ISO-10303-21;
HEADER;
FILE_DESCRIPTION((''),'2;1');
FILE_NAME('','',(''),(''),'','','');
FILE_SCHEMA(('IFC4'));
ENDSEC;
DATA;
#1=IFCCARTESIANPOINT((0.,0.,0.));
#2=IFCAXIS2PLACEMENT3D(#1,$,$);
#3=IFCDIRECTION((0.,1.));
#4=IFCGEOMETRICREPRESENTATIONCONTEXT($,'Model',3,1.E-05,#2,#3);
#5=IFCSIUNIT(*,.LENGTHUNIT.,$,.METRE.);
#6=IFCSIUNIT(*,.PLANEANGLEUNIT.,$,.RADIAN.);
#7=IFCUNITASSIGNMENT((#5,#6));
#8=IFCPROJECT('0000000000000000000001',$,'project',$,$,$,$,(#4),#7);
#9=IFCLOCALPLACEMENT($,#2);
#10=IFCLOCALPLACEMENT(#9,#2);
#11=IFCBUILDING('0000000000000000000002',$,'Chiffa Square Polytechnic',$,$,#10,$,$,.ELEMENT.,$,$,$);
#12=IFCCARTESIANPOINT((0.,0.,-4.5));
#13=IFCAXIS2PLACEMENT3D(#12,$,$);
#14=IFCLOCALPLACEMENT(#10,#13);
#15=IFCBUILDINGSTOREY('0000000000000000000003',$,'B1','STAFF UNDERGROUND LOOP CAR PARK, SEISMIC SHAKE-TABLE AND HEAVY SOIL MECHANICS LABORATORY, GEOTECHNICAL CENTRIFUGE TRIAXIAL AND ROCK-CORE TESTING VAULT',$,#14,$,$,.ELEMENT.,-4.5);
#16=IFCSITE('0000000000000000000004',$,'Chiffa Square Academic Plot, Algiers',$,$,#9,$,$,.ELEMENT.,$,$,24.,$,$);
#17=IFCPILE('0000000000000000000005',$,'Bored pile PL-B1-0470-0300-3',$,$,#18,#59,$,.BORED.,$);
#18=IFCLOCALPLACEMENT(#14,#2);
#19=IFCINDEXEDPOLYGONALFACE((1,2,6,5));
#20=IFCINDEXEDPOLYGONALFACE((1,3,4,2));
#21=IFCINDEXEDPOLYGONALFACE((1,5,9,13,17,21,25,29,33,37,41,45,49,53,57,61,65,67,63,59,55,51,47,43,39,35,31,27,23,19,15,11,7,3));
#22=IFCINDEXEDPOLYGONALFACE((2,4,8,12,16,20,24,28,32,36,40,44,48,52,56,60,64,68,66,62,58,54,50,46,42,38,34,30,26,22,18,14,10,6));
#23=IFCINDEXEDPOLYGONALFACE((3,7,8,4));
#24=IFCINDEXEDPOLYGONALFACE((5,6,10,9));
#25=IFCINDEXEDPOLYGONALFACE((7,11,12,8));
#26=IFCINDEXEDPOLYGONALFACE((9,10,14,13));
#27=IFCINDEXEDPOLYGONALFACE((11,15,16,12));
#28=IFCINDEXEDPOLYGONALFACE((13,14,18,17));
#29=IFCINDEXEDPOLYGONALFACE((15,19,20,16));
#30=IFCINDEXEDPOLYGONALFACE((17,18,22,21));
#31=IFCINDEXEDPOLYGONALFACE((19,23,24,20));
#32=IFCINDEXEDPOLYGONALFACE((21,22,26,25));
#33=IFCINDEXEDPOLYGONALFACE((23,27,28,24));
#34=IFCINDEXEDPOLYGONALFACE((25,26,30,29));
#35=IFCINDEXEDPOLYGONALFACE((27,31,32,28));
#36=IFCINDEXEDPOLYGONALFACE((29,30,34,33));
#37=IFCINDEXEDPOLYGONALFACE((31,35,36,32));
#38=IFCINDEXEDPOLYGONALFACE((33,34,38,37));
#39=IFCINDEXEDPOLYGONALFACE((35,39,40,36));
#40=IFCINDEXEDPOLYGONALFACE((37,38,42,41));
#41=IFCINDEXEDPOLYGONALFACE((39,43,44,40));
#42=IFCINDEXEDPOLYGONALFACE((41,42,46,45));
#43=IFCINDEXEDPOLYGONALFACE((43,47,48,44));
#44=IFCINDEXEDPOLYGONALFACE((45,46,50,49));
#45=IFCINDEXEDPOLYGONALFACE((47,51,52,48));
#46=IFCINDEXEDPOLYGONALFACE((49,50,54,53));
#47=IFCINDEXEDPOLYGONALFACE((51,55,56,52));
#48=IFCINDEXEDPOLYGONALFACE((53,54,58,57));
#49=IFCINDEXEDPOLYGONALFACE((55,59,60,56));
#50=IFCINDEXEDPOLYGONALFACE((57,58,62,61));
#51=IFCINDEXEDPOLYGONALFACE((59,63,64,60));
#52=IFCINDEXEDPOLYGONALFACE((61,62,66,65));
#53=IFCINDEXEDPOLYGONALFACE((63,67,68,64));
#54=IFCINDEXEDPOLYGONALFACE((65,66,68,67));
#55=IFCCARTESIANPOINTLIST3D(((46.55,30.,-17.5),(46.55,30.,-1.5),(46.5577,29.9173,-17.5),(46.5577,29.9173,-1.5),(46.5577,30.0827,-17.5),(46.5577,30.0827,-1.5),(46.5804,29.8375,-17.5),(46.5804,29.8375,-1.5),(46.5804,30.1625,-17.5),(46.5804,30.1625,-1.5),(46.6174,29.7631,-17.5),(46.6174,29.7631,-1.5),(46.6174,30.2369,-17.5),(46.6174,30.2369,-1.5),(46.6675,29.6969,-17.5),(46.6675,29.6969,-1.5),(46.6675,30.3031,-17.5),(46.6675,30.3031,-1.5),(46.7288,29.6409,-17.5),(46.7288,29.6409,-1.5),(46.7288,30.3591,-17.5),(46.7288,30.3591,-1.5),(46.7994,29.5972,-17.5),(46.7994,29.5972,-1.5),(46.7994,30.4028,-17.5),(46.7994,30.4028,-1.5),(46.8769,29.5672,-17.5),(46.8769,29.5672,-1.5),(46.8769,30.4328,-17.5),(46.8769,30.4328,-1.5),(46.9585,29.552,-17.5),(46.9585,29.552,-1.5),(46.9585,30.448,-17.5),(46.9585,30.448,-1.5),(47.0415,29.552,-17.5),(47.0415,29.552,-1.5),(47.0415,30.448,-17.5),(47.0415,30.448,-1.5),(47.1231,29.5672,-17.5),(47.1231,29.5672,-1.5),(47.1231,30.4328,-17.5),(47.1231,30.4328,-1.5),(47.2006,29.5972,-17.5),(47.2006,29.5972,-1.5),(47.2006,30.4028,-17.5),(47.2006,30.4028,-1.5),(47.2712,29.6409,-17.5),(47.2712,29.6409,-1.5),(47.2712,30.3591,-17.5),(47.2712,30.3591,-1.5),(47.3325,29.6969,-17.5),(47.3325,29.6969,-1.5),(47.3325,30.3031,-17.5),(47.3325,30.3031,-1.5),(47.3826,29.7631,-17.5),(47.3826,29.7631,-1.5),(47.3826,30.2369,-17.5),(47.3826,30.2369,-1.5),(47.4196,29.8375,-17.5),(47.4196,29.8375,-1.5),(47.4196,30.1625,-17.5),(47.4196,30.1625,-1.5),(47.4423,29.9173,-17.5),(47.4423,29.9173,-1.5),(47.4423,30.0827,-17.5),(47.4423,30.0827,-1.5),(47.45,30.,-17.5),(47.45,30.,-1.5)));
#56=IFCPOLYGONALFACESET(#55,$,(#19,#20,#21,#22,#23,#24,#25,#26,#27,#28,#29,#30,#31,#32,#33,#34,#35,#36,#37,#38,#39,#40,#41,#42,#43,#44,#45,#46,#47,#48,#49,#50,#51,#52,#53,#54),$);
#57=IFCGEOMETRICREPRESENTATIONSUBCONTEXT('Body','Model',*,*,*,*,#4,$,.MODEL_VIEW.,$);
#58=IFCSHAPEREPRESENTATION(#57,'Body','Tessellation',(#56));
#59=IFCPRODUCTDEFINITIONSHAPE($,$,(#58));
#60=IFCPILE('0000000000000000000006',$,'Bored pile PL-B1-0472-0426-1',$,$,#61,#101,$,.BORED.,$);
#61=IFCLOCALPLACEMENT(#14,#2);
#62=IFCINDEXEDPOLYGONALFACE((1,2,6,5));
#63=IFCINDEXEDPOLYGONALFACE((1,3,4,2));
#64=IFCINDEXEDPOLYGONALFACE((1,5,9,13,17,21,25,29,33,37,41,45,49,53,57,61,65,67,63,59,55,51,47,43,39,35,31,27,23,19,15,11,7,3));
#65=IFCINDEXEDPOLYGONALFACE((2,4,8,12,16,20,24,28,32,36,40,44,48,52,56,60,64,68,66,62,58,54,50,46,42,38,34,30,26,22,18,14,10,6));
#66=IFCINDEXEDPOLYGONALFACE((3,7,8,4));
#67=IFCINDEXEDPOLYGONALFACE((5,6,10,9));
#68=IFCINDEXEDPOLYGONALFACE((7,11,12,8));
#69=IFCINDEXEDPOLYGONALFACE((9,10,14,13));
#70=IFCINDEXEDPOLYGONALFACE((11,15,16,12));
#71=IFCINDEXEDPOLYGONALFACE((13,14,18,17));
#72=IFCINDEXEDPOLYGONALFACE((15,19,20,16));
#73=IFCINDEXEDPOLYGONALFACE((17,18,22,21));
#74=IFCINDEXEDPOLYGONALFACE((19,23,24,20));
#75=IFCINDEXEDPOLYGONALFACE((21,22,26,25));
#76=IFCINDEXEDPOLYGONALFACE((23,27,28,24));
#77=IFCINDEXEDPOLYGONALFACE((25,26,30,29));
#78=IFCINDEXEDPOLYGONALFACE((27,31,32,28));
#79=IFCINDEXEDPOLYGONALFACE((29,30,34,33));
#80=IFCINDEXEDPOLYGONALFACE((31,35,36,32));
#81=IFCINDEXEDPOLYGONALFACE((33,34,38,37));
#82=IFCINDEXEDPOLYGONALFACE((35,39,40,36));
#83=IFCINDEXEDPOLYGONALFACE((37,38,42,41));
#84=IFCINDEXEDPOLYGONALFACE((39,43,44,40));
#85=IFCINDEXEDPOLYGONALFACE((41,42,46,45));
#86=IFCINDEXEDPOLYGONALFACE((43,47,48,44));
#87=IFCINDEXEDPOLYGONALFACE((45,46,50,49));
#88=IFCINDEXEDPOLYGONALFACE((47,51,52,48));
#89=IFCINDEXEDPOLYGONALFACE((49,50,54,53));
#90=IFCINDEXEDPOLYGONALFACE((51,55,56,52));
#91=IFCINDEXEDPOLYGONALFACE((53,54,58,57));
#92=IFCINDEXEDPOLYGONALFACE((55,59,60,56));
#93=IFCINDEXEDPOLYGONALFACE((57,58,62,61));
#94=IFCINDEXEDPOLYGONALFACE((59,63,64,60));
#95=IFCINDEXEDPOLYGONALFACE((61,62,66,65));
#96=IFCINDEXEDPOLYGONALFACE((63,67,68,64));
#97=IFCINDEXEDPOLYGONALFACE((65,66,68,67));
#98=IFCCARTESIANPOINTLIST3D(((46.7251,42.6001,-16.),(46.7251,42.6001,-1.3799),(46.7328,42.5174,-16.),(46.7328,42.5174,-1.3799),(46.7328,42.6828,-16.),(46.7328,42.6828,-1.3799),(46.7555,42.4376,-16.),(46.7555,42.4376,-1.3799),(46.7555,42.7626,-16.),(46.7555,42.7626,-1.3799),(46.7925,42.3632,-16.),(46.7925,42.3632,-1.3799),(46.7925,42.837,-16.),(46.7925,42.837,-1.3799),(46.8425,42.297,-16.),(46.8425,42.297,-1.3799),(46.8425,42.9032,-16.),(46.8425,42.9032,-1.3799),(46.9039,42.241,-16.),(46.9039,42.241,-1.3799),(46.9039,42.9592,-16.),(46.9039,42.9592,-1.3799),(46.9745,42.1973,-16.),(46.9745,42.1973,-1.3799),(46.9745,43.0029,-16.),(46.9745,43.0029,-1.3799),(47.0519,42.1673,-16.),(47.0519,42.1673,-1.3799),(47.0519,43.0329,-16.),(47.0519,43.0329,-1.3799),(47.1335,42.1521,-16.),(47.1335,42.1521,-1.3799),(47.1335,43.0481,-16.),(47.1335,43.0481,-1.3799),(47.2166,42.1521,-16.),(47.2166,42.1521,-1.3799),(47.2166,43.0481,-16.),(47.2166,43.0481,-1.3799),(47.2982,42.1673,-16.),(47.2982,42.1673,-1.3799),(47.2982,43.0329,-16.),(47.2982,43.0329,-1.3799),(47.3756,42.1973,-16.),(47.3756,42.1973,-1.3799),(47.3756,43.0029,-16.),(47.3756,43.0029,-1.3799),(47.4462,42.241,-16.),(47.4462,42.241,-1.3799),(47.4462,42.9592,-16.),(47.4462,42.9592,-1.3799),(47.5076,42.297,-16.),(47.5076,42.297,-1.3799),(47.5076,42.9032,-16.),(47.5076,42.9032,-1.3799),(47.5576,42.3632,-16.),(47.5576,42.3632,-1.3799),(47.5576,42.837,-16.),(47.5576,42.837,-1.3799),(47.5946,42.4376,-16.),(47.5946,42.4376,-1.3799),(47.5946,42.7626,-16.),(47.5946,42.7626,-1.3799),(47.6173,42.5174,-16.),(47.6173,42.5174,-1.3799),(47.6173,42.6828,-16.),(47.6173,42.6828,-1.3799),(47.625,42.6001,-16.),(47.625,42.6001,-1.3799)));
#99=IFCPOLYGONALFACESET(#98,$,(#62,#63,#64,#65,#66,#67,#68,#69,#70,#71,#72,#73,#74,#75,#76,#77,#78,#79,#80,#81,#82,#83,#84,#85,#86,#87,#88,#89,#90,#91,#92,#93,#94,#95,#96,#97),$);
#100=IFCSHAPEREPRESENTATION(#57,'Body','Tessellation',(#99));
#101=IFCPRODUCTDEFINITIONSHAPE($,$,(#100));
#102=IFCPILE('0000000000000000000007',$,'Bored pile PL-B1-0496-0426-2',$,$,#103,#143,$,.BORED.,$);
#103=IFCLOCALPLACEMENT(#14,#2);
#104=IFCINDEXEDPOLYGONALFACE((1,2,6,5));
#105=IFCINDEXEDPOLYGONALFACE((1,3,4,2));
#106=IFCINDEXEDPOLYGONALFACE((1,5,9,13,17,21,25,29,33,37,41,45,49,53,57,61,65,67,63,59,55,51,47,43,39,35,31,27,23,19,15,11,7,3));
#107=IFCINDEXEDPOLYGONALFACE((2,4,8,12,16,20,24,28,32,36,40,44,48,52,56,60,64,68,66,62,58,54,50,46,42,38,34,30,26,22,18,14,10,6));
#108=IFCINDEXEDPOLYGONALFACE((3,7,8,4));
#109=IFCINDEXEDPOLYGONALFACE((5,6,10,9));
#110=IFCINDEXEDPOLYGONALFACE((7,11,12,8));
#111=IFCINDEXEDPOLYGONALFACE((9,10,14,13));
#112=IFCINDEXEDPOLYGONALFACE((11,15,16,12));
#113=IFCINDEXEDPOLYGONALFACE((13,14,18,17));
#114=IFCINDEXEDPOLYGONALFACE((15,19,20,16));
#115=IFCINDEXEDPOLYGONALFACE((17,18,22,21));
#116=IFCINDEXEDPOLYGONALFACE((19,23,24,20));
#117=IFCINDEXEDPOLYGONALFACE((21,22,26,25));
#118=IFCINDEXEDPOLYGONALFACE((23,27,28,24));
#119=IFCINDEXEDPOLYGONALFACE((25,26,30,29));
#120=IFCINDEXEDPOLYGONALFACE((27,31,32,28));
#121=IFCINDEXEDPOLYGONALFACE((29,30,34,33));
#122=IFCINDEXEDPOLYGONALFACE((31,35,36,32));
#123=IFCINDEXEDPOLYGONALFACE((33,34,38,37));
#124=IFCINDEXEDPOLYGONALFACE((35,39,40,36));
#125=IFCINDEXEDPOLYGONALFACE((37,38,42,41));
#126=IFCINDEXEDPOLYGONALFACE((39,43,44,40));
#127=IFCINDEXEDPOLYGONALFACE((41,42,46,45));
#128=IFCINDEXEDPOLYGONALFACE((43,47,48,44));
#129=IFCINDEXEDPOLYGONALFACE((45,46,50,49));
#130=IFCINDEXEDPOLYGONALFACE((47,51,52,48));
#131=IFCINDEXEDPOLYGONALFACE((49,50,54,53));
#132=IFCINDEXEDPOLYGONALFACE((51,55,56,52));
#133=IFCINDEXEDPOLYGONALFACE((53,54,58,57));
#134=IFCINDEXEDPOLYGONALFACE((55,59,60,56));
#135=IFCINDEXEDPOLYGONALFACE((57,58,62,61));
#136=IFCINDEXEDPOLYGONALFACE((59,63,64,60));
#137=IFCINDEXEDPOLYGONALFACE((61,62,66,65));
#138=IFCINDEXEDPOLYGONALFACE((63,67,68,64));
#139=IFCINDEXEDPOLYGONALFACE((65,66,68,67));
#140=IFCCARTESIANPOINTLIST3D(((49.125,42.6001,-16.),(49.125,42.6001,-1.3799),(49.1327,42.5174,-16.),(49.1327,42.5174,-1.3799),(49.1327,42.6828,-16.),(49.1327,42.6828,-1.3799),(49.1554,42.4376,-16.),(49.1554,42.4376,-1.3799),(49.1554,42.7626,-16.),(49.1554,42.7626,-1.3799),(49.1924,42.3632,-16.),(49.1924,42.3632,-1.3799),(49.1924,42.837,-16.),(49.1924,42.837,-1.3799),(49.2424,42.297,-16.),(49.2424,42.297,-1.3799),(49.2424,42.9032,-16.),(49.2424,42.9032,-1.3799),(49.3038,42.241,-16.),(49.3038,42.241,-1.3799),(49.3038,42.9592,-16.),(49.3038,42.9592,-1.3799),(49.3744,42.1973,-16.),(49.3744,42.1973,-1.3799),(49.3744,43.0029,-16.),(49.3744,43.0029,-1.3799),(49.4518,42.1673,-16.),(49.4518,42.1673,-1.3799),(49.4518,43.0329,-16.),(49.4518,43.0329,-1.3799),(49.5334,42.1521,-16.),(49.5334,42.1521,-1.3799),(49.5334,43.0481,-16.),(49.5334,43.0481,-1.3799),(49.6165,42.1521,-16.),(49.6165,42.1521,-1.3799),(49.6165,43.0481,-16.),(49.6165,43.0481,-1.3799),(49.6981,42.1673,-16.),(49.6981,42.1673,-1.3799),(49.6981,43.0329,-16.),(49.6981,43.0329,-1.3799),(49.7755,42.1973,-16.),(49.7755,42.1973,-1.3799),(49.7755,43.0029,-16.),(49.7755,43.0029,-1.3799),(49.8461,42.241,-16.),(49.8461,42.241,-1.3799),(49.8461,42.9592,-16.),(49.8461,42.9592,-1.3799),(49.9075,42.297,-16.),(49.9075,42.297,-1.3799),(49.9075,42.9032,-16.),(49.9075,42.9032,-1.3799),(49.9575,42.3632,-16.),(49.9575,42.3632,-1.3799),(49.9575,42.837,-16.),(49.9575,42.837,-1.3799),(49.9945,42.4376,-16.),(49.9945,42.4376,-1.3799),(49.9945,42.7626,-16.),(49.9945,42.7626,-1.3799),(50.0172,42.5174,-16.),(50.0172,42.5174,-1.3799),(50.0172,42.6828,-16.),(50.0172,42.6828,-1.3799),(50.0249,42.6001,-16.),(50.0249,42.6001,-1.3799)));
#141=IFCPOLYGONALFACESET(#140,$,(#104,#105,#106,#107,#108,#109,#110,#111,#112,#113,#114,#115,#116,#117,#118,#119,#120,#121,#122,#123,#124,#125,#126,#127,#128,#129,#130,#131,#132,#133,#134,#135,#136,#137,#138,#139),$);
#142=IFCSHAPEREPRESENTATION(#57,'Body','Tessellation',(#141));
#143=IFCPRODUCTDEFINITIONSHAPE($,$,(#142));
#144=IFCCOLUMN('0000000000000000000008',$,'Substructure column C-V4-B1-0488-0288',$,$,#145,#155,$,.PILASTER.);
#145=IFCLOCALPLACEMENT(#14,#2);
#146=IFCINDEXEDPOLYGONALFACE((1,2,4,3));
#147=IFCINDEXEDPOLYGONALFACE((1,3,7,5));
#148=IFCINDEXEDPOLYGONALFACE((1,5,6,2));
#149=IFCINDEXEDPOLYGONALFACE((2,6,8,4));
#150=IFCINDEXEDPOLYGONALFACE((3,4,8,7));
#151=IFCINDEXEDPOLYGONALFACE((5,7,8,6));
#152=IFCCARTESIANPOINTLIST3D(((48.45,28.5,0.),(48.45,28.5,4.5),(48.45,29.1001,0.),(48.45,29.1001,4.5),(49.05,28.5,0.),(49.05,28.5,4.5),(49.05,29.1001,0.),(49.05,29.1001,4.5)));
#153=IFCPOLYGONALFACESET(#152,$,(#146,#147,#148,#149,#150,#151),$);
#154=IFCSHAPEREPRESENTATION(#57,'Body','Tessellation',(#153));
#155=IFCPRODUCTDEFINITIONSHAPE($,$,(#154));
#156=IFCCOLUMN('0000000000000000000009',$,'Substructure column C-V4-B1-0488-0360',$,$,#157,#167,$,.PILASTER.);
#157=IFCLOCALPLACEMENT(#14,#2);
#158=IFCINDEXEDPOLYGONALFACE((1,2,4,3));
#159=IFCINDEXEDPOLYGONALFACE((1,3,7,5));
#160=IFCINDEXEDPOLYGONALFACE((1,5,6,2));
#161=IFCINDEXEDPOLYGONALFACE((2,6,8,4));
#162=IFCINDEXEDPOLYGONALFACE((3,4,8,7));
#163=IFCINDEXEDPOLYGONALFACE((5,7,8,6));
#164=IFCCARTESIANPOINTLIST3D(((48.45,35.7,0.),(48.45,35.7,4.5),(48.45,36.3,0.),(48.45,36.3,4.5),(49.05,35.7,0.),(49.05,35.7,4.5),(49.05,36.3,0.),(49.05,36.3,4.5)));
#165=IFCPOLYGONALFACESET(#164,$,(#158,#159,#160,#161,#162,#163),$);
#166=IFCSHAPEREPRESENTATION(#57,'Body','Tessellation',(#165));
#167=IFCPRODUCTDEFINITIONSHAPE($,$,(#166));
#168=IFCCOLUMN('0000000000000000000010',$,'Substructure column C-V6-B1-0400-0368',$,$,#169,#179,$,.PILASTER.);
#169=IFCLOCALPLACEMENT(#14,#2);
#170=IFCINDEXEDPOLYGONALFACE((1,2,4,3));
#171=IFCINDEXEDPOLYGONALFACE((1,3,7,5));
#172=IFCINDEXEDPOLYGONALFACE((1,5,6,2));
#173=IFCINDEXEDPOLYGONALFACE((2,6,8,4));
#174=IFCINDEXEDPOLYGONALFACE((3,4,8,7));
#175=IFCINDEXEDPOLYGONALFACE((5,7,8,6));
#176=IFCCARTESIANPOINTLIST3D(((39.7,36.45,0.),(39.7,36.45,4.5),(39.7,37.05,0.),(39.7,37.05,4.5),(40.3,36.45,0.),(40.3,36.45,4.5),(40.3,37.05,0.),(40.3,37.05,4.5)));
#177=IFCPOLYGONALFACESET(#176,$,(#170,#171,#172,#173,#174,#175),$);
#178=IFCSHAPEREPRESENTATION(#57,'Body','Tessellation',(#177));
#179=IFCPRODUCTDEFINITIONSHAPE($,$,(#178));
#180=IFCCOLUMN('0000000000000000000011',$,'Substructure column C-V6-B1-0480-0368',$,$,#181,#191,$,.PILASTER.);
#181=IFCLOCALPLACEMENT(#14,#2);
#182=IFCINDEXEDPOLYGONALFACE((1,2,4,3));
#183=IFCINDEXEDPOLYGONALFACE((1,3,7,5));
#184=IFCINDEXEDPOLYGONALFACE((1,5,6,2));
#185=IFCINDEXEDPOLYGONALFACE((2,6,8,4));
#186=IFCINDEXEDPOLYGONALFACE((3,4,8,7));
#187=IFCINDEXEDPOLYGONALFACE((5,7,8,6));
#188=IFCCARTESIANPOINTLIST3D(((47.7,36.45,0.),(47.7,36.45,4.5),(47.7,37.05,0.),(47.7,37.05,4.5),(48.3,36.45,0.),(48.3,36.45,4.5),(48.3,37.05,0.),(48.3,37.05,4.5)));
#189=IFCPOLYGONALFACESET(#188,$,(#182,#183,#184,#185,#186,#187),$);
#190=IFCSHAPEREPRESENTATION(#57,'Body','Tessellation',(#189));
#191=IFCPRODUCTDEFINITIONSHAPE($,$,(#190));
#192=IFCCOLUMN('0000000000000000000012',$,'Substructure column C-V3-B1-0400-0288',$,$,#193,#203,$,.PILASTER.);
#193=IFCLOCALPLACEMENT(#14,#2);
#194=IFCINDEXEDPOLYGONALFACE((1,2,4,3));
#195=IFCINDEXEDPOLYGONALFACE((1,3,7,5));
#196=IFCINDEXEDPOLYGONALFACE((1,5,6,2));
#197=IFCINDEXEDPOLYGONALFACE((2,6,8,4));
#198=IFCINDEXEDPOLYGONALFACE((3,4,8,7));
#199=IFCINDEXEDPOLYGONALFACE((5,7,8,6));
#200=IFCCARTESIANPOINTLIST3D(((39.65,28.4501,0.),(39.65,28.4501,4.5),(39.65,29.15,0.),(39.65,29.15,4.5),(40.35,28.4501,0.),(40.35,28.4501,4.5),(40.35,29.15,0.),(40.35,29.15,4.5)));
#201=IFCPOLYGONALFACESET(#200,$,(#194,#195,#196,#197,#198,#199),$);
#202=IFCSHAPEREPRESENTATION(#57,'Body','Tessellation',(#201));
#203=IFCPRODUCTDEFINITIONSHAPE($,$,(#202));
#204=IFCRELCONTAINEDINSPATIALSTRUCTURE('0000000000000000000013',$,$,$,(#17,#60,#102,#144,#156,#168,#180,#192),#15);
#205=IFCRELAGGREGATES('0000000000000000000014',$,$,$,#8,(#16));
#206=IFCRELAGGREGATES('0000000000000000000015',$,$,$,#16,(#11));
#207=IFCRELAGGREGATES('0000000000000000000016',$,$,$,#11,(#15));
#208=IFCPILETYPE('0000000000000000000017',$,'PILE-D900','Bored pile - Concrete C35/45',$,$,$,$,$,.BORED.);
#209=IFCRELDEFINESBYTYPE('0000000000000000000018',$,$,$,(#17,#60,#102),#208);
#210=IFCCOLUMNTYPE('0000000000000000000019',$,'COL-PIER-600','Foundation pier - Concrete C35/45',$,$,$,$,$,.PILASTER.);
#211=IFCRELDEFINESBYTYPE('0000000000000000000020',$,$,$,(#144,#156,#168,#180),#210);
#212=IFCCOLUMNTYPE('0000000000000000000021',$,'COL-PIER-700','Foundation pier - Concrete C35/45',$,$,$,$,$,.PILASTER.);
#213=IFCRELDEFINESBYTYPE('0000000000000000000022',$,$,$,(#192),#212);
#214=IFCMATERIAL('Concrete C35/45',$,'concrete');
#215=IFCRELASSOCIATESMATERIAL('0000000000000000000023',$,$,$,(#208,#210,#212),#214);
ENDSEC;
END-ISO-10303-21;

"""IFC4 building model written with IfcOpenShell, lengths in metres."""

from ifc_helpers import new_model, si_unit, direction, frame, origin, origin_2d, place, context, subcontext, project, spatial, rectangle, circle, extrude, material, material_profile, profile_set, type_object, element, save


model = new_model("IFC4")

# Units and contexts
model_context = context("Model", 3, precision=1e-05, world=origin(), true_north=direction((0.0, 1.0)))
body_context = subcontext(model_context, "Body", "Model", "MODEL_VIEW")
ifc_project = project(units=[si_unit("LENGTHUNIT", "METRE"), si_unit("PLANEANGLEUNIT", "RADIAN")], contexts=[model_context])

# Site, building, storey
site_placement = place(None, origin())
site = spatial("IfcSite", under=ifc_project, at=site_placement, Name="Chiffa Square Academic Plot, Algiers", CompositionType="ELEMENT", RefElevation=24.0)
building_placement = place(site_placement, origin())
building = spatial("IfcBuilding", under=site, at=building_placement, Name="Chiffa Square Polytechnic", CompositionType="ELEMENT")
storey_placement = place(building_placement, frame((0.0, 0.0, -4.5)))
storey = spatial("IfcBuildingStorey", under=building, at=storey_placement, Name="B1", Description="STAFF UNDERGROUND LOOP CAR PARK, SEISMIC SHAKE-TABLE AND HEAVY SOIL MECHANICS LABORATORY, GEOTECHNICAL CENTRIFUGE TRIAXIAL AND ROCK-CORE TESTING VAULT", CompositionType="ELEMENT", Elevation=-4.5)

# Shared definitions
ifc_material = material(Name="Concrete C35/45", Category="concrete")

# Piles
ifc_material_profile_1 = material_profile(ifc_material, circle(Radius=0.45, at=origin_2d()), Name="PILE D900")
ifc_profile_set_1 = profile_set([ifc_material_profile_1], Name="Concrete C35/45")
pile_type_1 = type_object("IfcPileType", Name="PILE-D900", Description="Bored pile - Concrete C35/45", PredefinedType="BORED", material=ifc_profile_set_1)
pile_1_placement = place(storey_placement, frame((47.0, 30.0, -1.5), z_axis=(0.0, 0.0, -1.0), x_axis=(1.0, 0.0, 0.0)))
element("IfcPile", 1, at=pile_1_placement, inside=storey, type_object=pile_type_1, Name="Bored pile PL-B1-0470-0300-3", PredefinedType="BORED", context=body_context, shape_type="SweptSolid", body=[
    extrude(circle(Radius=0.45, at=origin_2d()), origin(), (0.0, 0.0, 1.0), 16.0),
])
for number, where, z_axis, x_axis, name in (
    (2, (47.175, 42.6001, -1.3799), (0.0, 0.0, -1.0), (1.0, 0.0, 0.0), "Bored pile PL-B1-0472-0426-1"),
    (3, (49.575, 42.6001, -1.3799), (0.0, 0.0, -1.0), (1.0, 0.0, 0.0), "Bored pile PL-B1-0496-0426-2"),
):
    element("IfcPile", number, at=place(storey_placement, frame(where, z_axis=z_axis, x_axis=x_axis)), inside=storey, type_object=pile_type_1, Name=name, PredefinedType="BORED", context=body_context, shape_type="SweptSolid", body=[
        extrude(circle(Radius=0.45, at=origin_2d()), origin(), (0.0, 0.0, 1.0), 14.6201),
    ])

# Columns
ifc_material_profile_2 = material_profile(ifc_material, rectangle(XDim=0.6001, YDim=0.6001, at=origin_2d()), Name="RC 600x600")
ifc_profile_set_2 = profile_set([ifc_material_profile_2], Name="Concrete C35/45")
column_type_1 = type_object("IfcColumnType", Name="COL-PIER-600", Description="Foundation pier - Concrete C35/45", PredefinedType="PILASTER", material=ifc_profile_set_2)
for number, where, z_axis, x_axis, name in (
    (4, (48.75, 28.8, 0.0), (0.0, 0.0, 1.0), (1.0, 0.0, 0.0), "Substructure column C-V4-B1-0488-0288"),
    (5, (48.75, 36.0, 0.0), (0.0, 0.0, 1.0), (1.0, 0.0, 0.0), "Substructure column C-V4-B1-0488-0360"),
    (6, (40.0, 36.75, 0.0), (0.0, 0.0, 1.0), (1.0, 0.0, 0.0), "Substructure column C-V6-B1-0400-0368"),
    (7, (48.0, 36.75, 0.0), (0.0, 0.0, 1.0), (1.0, 0.0, 0.0), "Substructure column C-V6-B1-0480-0368"),
):
    element("IfcColumn", number, at=place(storey_placement, frame(where, z_axis=z_axis, x_axis=x_axis)), inside=storey, type_object=column_type_1, Name=name, PredefinedType="PILASTER", context=body_context, shape_type="SweptSolid", body=[
        extrude(rectangle(XDim=0.6001, YDim=0.6001, at=origin_2d()), origin(), (0.0, 0.0, 1.0), 4.5),
    ])
ifc_material_profile_3 = material_profile(ifc_material, rectangle(XDim=0.7, YDim=0.7, at=origin_2d()), Name="RC 700x700")
ifc_profile_set_3 = profile_set([ifc_material_profile_3], Name="Concrete C35/45")
column_type_2 = type_object("IfcColumnType", Name="COL-PIER-700", Description="Foundation pier - Concrete C35/45", PredefinedType="PILASTER", material=ifc_profile_set_3)
for number, where, z_axis, x_axis, name in (
    (8, (40.0, 28.8, 0.0), (0.0, 0.0, 1.0), (1.0, 0.0, 0.0), "Substructure column C-V3-B1-0400-0288"),
):
    element("IfcColumn", number, at=place(storey_placement, frame(where, z_axis=z_axis, x_axis=x_axis)), inside=storey, type_object=column_type_2, Name=name, PredefinedType="PILASTER", context=body_context, shape_type="SweptSolid", body=[
        extrude(rectangle(XDim=0.7, YDim=0.7, at=origin_2d()), origin(), (0.0, 0.0, 1.0), 4.5),
    ])

save(model, "model.ifc")
